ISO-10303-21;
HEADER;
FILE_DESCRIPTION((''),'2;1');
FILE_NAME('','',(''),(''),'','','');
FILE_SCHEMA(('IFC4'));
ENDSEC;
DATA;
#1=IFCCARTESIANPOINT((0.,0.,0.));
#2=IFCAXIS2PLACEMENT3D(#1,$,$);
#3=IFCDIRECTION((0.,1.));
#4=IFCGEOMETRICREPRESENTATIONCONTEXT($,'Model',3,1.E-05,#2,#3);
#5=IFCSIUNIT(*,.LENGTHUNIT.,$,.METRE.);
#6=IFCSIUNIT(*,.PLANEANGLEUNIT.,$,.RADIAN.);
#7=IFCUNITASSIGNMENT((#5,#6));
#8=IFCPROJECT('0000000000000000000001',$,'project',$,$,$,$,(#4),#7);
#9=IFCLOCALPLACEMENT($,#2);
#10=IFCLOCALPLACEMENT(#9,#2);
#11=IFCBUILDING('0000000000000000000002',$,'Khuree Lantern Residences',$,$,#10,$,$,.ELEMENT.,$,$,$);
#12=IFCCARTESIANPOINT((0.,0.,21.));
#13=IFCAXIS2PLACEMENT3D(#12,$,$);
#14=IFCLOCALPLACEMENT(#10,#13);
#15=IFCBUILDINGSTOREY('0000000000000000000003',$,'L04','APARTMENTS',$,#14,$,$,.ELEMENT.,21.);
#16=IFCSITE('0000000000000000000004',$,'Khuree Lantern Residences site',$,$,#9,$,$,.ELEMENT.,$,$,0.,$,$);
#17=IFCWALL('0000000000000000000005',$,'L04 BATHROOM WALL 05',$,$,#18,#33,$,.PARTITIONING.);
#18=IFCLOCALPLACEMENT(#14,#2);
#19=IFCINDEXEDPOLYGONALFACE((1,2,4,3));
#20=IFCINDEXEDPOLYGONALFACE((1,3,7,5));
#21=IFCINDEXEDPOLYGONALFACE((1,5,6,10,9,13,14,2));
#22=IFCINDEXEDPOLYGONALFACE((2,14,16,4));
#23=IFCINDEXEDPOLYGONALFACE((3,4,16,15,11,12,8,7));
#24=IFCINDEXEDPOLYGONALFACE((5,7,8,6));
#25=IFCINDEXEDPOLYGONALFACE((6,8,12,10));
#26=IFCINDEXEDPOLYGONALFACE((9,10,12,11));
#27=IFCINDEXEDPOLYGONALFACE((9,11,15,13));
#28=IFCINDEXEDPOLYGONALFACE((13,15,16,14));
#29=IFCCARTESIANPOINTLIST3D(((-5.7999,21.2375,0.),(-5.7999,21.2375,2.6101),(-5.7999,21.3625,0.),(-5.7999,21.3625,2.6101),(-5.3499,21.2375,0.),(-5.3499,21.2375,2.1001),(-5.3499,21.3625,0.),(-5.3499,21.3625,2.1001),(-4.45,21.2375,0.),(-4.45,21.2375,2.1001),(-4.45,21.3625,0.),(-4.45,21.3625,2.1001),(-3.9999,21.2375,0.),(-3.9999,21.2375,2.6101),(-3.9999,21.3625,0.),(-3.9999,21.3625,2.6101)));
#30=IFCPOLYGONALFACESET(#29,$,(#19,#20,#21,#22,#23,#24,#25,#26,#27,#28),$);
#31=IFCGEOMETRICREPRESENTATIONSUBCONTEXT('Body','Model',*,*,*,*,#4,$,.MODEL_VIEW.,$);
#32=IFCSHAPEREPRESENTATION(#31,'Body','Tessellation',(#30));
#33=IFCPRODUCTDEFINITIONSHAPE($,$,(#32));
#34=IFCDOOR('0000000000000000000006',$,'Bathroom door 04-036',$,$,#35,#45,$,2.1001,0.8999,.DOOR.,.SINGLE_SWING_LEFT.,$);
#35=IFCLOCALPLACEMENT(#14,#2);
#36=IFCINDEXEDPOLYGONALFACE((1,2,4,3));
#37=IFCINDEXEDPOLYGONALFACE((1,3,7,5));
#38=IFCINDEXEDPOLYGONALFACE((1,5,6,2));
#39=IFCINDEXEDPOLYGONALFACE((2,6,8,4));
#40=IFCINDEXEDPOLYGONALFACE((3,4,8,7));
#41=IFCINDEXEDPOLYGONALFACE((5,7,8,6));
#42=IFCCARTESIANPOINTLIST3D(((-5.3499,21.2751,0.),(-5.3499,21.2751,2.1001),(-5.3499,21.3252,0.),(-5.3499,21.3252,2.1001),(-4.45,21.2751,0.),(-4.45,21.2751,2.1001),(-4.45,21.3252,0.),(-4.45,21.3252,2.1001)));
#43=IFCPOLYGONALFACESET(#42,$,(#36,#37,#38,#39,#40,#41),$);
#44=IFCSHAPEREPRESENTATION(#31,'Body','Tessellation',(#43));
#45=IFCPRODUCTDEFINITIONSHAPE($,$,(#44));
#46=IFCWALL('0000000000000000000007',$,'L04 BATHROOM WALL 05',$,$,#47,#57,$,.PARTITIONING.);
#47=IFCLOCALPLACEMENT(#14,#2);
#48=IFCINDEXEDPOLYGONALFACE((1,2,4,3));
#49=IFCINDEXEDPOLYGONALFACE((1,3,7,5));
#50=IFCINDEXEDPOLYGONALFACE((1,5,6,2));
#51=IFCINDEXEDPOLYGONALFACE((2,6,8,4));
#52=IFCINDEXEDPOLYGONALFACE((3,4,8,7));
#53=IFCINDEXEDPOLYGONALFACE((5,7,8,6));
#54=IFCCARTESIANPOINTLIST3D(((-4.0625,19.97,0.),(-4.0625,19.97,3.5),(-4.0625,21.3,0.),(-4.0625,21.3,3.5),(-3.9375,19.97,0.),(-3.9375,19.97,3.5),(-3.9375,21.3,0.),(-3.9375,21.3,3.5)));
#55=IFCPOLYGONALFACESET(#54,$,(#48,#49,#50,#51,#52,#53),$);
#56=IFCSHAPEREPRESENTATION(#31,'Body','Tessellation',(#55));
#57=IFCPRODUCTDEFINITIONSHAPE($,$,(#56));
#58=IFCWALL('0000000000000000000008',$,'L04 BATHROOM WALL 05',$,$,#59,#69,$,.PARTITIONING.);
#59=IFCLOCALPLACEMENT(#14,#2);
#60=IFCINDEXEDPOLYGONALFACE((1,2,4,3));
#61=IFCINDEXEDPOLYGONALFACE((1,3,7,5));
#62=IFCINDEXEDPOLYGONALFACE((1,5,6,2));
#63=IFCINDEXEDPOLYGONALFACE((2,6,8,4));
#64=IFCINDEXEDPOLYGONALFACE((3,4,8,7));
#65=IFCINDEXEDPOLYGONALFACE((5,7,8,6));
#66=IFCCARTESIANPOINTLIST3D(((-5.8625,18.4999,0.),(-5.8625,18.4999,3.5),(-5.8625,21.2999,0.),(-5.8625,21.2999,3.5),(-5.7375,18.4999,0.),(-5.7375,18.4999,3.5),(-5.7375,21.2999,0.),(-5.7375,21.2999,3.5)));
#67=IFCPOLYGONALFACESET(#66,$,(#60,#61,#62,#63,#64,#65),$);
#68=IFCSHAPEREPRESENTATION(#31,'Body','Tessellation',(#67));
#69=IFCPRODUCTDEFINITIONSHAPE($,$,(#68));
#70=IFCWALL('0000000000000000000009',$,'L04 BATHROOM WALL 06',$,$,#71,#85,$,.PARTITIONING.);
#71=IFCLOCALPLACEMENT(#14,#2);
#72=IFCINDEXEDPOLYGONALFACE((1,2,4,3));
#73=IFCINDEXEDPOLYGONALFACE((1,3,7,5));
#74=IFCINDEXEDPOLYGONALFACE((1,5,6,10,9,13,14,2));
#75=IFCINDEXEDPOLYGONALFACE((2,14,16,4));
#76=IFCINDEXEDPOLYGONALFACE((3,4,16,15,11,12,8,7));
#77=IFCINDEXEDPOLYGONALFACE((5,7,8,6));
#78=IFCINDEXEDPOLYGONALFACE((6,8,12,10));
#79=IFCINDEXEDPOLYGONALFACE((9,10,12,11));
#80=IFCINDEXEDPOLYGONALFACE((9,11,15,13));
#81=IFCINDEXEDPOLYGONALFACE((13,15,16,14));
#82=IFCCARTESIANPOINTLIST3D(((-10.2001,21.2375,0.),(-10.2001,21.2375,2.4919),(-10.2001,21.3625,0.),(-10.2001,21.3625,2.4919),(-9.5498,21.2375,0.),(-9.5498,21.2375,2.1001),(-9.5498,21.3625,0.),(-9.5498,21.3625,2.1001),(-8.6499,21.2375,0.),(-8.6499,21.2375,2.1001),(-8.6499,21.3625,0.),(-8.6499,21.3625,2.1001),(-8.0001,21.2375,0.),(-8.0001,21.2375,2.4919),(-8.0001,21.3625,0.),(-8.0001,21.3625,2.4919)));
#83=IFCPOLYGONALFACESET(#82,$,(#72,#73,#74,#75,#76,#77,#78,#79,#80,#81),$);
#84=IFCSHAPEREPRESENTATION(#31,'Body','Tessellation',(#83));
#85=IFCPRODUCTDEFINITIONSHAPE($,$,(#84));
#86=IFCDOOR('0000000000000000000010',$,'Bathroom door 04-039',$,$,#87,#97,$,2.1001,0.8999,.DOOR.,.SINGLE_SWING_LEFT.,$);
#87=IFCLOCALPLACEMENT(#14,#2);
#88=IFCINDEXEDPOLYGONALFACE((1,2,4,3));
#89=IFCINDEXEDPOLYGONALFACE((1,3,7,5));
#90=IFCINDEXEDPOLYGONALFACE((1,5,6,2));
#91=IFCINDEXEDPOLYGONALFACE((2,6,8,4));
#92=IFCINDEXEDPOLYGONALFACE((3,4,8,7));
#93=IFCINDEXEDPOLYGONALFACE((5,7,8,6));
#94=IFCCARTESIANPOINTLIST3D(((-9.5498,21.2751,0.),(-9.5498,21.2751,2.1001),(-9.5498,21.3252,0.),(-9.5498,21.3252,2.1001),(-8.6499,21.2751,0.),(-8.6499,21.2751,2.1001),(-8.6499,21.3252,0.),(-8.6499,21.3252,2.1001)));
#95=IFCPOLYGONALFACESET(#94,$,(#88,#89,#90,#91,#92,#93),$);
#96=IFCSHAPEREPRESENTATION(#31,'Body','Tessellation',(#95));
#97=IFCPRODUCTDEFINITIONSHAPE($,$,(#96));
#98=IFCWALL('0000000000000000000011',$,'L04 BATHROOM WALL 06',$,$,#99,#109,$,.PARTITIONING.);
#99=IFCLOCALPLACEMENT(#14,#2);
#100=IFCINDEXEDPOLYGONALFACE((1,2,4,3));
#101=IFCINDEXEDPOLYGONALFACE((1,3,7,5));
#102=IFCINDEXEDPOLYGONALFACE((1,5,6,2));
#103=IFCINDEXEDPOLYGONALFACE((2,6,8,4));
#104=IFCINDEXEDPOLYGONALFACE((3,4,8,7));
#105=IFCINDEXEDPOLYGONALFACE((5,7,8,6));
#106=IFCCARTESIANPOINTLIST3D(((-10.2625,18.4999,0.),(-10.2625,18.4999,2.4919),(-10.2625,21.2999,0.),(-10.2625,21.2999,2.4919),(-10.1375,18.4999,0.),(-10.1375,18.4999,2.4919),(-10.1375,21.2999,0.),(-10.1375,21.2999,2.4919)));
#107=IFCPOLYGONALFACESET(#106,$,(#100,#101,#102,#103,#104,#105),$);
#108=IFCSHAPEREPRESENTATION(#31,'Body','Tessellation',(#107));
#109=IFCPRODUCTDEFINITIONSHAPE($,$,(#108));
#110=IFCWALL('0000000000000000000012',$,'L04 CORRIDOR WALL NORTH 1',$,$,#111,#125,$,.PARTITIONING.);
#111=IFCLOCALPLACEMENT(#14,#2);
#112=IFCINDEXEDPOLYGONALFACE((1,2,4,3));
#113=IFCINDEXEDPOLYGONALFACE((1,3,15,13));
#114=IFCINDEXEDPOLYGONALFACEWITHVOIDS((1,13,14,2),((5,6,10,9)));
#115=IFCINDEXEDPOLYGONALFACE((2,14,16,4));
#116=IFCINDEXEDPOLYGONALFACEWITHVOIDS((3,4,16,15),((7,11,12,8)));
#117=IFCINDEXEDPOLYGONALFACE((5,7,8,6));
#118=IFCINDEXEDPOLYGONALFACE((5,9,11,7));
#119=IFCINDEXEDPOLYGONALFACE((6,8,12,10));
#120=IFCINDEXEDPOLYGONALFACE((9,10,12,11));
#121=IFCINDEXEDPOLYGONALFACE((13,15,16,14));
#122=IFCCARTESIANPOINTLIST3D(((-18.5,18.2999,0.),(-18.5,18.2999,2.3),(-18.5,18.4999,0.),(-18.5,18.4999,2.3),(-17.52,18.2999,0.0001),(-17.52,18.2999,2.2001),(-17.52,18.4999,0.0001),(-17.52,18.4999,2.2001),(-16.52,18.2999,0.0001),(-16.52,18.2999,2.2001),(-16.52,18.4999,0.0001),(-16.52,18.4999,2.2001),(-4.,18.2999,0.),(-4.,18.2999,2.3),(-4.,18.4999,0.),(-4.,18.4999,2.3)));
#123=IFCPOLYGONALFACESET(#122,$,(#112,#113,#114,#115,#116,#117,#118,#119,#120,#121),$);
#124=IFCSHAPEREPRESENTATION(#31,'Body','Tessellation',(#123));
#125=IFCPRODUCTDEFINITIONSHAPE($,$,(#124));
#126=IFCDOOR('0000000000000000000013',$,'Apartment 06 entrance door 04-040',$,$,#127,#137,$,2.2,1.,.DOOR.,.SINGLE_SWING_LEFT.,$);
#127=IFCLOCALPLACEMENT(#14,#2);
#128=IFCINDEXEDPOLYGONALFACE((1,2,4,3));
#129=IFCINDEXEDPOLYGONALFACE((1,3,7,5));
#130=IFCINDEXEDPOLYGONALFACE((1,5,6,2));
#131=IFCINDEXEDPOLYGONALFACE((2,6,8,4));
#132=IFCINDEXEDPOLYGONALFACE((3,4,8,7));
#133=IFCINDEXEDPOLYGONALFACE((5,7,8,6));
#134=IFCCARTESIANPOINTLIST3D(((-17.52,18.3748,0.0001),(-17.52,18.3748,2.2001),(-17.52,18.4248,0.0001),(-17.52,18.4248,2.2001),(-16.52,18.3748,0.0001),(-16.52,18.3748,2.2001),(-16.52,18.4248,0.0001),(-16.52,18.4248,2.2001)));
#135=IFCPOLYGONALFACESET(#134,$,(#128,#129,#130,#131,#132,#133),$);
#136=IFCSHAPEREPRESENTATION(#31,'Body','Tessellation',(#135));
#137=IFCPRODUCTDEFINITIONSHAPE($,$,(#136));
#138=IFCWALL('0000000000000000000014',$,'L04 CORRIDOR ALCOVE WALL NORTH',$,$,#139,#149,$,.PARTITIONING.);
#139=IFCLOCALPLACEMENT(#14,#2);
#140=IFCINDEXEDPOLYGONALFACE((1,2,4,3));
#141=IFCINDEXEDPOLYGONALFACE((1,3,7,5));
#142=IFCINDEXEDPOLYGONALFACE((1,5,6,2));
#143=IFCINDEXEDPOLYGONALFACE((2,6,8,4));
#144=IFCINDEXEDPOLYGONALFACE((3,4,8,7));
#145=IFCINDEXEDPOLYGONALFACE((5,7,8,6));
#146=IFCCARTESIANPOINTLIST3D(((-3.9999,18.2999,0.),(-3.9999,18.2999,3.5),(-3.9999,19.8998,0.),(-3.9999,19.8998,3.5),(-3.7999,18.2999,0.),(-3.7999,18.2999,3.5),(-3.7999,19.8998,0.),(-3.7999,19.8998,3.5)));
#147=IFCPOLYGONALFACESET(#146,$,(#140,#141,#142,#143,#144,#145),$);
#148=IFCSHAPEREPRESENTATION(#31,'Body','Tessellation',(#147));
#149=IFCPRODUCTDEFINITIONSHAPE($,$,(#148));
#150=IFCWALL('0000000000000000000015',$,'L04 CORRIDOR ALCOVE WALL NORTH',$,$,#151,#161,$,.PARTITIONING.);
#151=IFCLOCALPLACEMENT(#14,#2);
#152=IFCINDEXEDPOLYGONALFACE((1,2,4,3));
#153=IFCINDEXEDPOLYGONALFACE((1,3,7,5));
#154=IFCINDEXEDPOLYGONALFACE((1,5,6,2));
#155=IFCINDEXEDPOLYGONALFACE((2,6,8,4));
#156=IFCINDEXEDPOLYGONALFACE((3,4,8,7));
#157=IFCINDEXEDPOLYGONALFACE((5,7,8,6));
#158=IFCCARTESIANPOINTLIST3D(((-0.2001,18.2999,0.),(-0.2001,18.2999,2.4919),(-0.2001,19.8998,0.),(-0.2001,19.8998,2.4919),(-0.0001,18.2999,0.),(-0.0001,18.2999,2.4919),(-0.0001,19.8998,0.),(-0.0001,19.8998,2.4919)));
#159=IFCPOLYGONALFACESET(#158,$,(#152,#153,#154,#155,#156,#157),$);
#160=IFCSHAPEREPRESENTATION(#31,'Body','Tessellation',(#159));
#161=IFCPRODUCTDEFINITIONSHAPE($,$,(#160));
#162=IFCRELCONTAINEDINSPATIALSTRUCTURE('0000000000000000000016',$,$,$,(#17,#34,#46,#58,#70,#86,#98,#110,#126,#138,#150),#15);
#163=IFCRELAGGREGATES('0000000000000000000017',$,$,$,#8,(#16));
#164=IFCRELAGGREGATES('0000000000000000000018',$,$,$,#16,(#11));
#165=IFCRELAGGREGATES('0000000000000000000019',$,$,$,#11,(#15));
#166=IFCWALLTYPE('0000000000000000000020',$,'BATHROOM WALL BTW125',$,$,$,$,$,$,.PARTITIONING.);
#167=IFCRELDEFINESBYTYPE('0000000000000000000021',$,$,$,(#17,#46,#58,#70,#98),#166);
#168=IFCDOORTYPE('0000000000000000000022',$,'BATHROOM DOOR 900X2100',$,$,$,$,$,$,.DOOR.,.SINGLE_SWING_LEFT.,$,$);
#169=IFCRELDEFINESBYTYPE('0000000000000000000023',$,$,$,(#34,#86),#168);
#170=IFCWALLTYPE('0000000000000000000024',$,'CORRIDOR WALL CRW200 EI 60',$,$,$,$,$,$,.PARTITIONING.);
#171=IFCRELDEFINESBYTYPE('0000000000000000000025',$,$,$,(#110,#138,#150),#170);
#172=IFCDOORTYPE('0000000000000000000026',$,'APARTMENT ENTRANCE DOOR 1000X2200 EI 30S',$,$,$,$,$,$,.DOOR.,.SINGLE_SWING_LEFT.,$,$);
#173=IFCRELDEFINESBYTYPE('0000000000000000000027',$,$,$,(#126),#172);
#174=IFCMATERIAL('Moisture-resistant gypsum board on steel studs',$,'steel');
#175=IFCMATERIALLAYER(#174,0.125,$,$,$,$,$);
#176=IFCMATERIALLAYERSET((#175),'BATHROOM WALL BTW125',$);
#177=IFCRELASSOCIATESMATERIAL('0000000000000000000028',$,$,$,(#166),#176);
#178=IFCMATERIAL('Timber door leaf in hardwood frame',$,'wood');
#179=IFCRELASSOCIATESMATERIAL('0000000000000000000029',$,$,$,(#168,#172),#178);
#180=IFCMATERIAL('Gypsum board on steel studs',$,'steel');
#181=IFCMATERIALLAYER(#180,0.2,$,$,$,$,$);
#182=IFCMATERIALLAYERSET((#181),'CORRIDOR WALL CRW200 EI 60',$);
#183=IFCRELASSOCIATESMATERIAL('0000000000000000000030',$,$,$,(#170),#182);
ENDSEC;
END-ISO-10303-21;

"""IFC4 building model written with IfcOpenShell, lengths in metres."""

from ifc_helpers import new_model, si_unit, direction, frame, frame_2d, origin, place, context, subcontext, project, spatial, rectangle, extrude, material, layer, layer_set, type_object, element, fill, save


model = new_model("IFC4")

# Units and contexts
model_context = context("Model", 3, precision=1e-05, world=origin(), true_north=direction((0.0, 1.0)))
body_context = subcontext(model_context, "Body", "Model", "MODEL_VIEW")
ifc_project = project(units=[si_unit("LENGTHUNIT", "METRE"), si_unit("PLANEANGLEUNIT", "RADIAN")], contexts=[model_context])

# Site, building, storey
site_placement = place(None, origin())
site = spatial("IfcSite", under=ifc_project, at=site_placement, Name="Khuree Lantern Residences site", CompositionType="ELEMENT", RefElevation=0.0)
building_placement = place(site_placement, origin())
building = spatial("IfcBuilding", under=site, at=building_placement, Name="Khuree Lantern Residences", CompositionType="ELEMENT")
storey_placement = place(building_placement, frame((0.0, 0.0, 21.0)))
storey = spatial("IfcBuildingStorey", under=building, at=storey_placement, Name="L04", Description="APARTMENTS", CompositionType="ELEMENT", Elevation=21.0)

# Wall, opening, door
ifc_material_1 = material(Name="Moisture-resistant gypsum board on steel studs", Category="steel")
ifc_layer_1 = layer(ifc_material_1, 0.125)
ifc_layer_set_1 = layer_set([ifc_layer_1], Name="BATHROOM WALL BTW125")
wall_type_1 = type_object("IfcWallType", Name="BATHROOM WALL BTW125", PredefinedType="PARTITIONING", material=ifc_layer_set_1)
wall_1_placement = place(storey_placement, frame((-4.0, 21.3, 0.0), z_axis=(0.0, 0.0, 1.0), x_axis=(-1.0, 0.0, 0.0)))
wall_1 = element("IfcWall", 1, at=wall_1_placement, inside=storey, type_object=wall_type_1, Name="L04 BATHROOM WALL 05", PredefinedType="PARTITIONING", context=body_context, shape_type="SweptSolid", body=[
    extrude(rectangle(XDim=1.8, YDim=0.125, at=frame_2d((0.8999, 0.0))), origin(), (0.0, 0.0, 1.0), 2.6101),
])
opening_1_placement = place(wall_1_placement, frame((0.45, 0.0, 0.0)))
opening_1 = element("IfcOpeningElement", 2, at=opening_1_placement, cuts=wall_1, PredefinedType="OPENING", context=body_context, shape_type="SweptSolid", body=[
    extrude(rectangle(XDim=0.8999, YDim=2.1001, at=frame_2d((0.45, 1.05))), frame((0.0, 0.0725, 0.0), z_axis=(0.0, -1.0, 0.0), x_axis=(1.0, 0.0, 0.0)), (0.0, 0.0, 1.0), 0.145),
])
ifc_material_2 = material(Name="Timber door leaf in hardwood frame", Category="wood")
door_type_1 = type_object("IfcDoorType", Name="BATHROOM DOOR 900X2100", OperationType="SINGLE_SWING_LEFT", PredefinedType="DOOR", material=ifc_material_2)
door_1_placement = place(opening_1_placement, origin())
door_1 = element("IfcDoor", 3, at=door_1_placement, inside=storey, type_object=door_type_1, Name="Bathroom door 04-036", OperationType="SINGLE_SWING_LEFT", OverallHeight=2.1001, OverallWidth=0.8999, PredefinedType="DOOR", context=body_context, shape_type="SweptSolid", body=[
    extrude(rectangle(XDim=0.8999, YDim=2.1001, at=frame_2d((0.45, 1.05))), frame((0.0, 0.0249, 0.0), z_axis=(0.0, -1.0, 0.0), x_axis=(1.0, 0.0, 0.0)), (0.0, 0.0, 1.0), 0.05),
])
fill(opening_1, door_1)

# Walls
wall_2_placement = place(storey_placement, frame((-4.0, 19.97, 0.0), z_axis=(0.0, 0.0, 1.0), x_axis=(0.0, 1.0, 0.0)))
element("IfcWall", 4, at=wall_2_placement, inside=storey, type_object=wall_type_1, Name="L04 BATHROOM WALL 05", PredefinedType="PARTITIONING", context=body_context, shape_type="SweptSolid", body=[
    extrude(rectangle(XDim=1.3301, YDim=0.125, at=frame_2d((0.665, 0.0))), origin(), (0.0, 0.0, 1.0), 3.5),
])
wall_3_placement = place(storey_placement, frame((-5.8, 18.5, 0.0), z_axis=(0.0, 0.0, 1.0), x_axis=(0.0, 1.0, 0.0)))
element("IfcWall", 5, at=wall_3_placement, inside=storey, type_object=wall_type_1, Name="L04 BATHROOM WALL 05", PredefinedType="PARTITIONING", context=body_context, shape_type="SweptSolid", body=[
    extrude(rectangle(XDim=2.8, YDim=0.125, at=frame_2d((1.3999, 0.0))), origin(), (0.0, 0.0, 1.0), 3.5),
])

# Wall, opening, door
wall_4_placement = place(storey_placement, frame((-8.0, 21.3, 0.0), z_axis=(0.0, 0.0, 1.0), x_axis=(-1.0, 0.0, 0.0)))
wall_4 = element("IfcWall", 6, at=wall_4_placement, inside=storey, type_object=wall_type_1, Name="L04 BATHROOM WALL 06", PredefinedType="PARTITIONING", context=body_context, shape_type="SweptSolid", body=[
    extrude(rectangle(XDim=2.2, YDim=0.125, at=frame_2d((1.1001, 0.0))), origin(), (0.0, 0.0, 1.0), 2.4919),
])
opening_2_placement = place(wall_4_placement, frame((0.6499, 0.0, 0.0)))
opening_2 = element("IfcOpeningElement", 7, at=opening_2_placement, cuts=wall_4, PredefinedType="OPENING", context=body_context, shape_type="SweptSolid", body=[
    extrude(rectangle(XDim=0.8999, YDim=2.1001, at=frame_2d((0.45, 1.05))), frame((0.0, 0.0725, 0.0), z_axis=(0.0, -1.0, 0.0), x_axis=(1.0, 0.0, 0.0)), (0.0, 0.0, 1.0), 0.145),
])
door_2_placement = place(opening_2_placement, origin())
door_2 = element("IfcDoor", 8, at=door_2_placement, inside=storey, type_object=door_type_1, Name="Bathroom door 04-039", OperationType="SINGLE_SWING_LEFT", OverallHeight=2.1001, OverallWidth=0.8999, PredefinedType="DOOR", context=body_context, shape_type="SweptSolid", body=[
    extrude(rectangle(XDim=0.8999, YDim=2.1001, at=frame_2d((0.45, 1.05))), frame((0.0, 0.0249, 0.0), z_axis=(0.0, -1.0, 0.0), x_axis=(1.0, 0.0, 0.0)), (0.0, 0.0, 1.0), 0.05),
])
fill(opening_2, door_2)

# Wall
wall_5_placement = place(storey_placement, frame((-10.2, 18.5, 0.0), z_axis=(0.0, 0.0, 1.0), x_axis=(0.0, 1.0, 0.0)))
element("IfcWall", 9, at=wall_5_placement, inside=storey, type_object=wall_type_1, Name="L04 BATHROOM WALL 06", PredefinedType="PARTITIONING", context=body_context, shape_type="SweptSolid", body=[
    extrude(rectangle(XDim=2.8, YDim=0.125, at=frame_2d((1.3999, 0.0))), origin(), (0.0, 0.0, 1.0), 2.4919),
])

# Wall, opening, door
ifc_material_3 = material(Name="Gypsum board on steel studs", Category="steel")
ifc_layer_2 = layer(ifc_material_3, 0.2)
ifc_layer_set_2 = layer_set([ifc_layer_2], Name="CORRIDOR WALL CRW200 EI 60")
wall_type_2 = type_object("IfcWallType", Name="CORRIDOR WALL CRW200 EI 60", PredefinedType="PARTITIONING", material=ifc_layer_set_2)
wall_6_placement = place(storey_placement, frame((-18.5, 18.3999, 0.0), z_axis=(0.0, 0.0, 1.0), x_axis=(1.0, 0.0, 0.0)))
wall_6 = element("IfcWall", 10, at=wall_6_placement, inside=storey, type_object=wall_type_2, Name="L04 CORRIDOR WALL NORTH 1", PredefinedType="PARTITIONING", context=body_context, shape_type="SweptSolid", body=[
    extrude(rectangle(XDim=14.5, YDim=0.2, at=frame_2d((7.25, 0.0))), origin(), (0.0, 0.0, 1.0), 2.3),
])
opening_3_placement = place(wall_6_placement, frame((0.98, 0.0, 0.0)))
opening_3 = element("IfcOpeningElement", 11, at=opening_3_placement, cuts=wall_6, PredefinedType="OPENING", context=body_context, shape_type="SweptSolid", body=[
    extrude(rectangle(XDim=1.0, YDim=2.2, at=frame_2d((0.5, 1.1001))), frame((0.0, 0.1099, 0.0), z_axis=(0.0, -1.0, 0.0), x_axis=(1.0, 0.0, 0.0)), (0.0, 0.0, 1.0), 0.22),
])
door_type_2 = type_object("IfcDoorType", Name="APARTMENT ENTRANCE DOOR 1000X2200 EI 30S", OperationType="SINGLE_SWING_LEFT", PredefinedType="DOOR", material=ifc_material_2)
door_3_placement = place(opening_3_placement, origin())
door_3 = element("IfcDoor", 12, at=door_3_placement, inside=storey, type_object=door_type_2, Name="Apartment 06 entrance door 04-040", OperationType="SINGLE_SWING_LEFT", OverallHeight=2.2, OverallWidth=1.0, PredefinedType="DOOR", context=body_context, shape_type="SweptSolid", body=[
    extrude(rectangle(XDim=1.0, YDim=2.2, at=frame_2d((0.5, 1.1001))), frame((0.0, 0.0249, 0.0), z_axis=(0.0, -1.0, 0.0), x_axis=(1.0, 0.0, 0.0)), (0.0, 0.0, 1.0), 0.05),
])
fill(opening_3, door_3)

# Walls
wall_7_placement = place(storey_placement, frame((-3.8999, 18.3, 0.0), z_axis=(0.0, 0.0, 1.0), x_axis=(0.0, 1.0, 0.0)))
element("IfcWall", 13, at=wall_7_placement, inside=storey, type_object=wall_type_2, Name="L04 CORRIDOR ALCOVE WALL NORTH", PredefinedType="PARTITIONING", context=body_context, shape_type="SweptSolid", body=[
    extrude(rectangle(XDim=1.5999, YDim=0.2, at=frame_2d((0.7998, 0.0))), origin(), (0.0, 0.0, 1.0), 3.5),
])
wall_8_placement = place(storey_placement, frame((-0.1001, 18.3, 0.0), z_axis=(0.0, 0.0, 1.0), x_axis=(0.0, 1.0, 0.0)))
element("IfcWall", 14, at=wall_8_placement, inside=storey, type_object=wall_type_2, Name="L04 CORRIDOR ALCOVE WALL NORTH", PredefinedType="PARTITIONING", context=body_context, shape_type="SweptSolid", body=[
    extrude(rectangle(XDim=1.5999, YDim=0.2, at=frame_2d((0.7998, 0.0))), origin(), (0.0, 0.0, 1.0), 2.4919),
])

save(model, "model.ifc")
